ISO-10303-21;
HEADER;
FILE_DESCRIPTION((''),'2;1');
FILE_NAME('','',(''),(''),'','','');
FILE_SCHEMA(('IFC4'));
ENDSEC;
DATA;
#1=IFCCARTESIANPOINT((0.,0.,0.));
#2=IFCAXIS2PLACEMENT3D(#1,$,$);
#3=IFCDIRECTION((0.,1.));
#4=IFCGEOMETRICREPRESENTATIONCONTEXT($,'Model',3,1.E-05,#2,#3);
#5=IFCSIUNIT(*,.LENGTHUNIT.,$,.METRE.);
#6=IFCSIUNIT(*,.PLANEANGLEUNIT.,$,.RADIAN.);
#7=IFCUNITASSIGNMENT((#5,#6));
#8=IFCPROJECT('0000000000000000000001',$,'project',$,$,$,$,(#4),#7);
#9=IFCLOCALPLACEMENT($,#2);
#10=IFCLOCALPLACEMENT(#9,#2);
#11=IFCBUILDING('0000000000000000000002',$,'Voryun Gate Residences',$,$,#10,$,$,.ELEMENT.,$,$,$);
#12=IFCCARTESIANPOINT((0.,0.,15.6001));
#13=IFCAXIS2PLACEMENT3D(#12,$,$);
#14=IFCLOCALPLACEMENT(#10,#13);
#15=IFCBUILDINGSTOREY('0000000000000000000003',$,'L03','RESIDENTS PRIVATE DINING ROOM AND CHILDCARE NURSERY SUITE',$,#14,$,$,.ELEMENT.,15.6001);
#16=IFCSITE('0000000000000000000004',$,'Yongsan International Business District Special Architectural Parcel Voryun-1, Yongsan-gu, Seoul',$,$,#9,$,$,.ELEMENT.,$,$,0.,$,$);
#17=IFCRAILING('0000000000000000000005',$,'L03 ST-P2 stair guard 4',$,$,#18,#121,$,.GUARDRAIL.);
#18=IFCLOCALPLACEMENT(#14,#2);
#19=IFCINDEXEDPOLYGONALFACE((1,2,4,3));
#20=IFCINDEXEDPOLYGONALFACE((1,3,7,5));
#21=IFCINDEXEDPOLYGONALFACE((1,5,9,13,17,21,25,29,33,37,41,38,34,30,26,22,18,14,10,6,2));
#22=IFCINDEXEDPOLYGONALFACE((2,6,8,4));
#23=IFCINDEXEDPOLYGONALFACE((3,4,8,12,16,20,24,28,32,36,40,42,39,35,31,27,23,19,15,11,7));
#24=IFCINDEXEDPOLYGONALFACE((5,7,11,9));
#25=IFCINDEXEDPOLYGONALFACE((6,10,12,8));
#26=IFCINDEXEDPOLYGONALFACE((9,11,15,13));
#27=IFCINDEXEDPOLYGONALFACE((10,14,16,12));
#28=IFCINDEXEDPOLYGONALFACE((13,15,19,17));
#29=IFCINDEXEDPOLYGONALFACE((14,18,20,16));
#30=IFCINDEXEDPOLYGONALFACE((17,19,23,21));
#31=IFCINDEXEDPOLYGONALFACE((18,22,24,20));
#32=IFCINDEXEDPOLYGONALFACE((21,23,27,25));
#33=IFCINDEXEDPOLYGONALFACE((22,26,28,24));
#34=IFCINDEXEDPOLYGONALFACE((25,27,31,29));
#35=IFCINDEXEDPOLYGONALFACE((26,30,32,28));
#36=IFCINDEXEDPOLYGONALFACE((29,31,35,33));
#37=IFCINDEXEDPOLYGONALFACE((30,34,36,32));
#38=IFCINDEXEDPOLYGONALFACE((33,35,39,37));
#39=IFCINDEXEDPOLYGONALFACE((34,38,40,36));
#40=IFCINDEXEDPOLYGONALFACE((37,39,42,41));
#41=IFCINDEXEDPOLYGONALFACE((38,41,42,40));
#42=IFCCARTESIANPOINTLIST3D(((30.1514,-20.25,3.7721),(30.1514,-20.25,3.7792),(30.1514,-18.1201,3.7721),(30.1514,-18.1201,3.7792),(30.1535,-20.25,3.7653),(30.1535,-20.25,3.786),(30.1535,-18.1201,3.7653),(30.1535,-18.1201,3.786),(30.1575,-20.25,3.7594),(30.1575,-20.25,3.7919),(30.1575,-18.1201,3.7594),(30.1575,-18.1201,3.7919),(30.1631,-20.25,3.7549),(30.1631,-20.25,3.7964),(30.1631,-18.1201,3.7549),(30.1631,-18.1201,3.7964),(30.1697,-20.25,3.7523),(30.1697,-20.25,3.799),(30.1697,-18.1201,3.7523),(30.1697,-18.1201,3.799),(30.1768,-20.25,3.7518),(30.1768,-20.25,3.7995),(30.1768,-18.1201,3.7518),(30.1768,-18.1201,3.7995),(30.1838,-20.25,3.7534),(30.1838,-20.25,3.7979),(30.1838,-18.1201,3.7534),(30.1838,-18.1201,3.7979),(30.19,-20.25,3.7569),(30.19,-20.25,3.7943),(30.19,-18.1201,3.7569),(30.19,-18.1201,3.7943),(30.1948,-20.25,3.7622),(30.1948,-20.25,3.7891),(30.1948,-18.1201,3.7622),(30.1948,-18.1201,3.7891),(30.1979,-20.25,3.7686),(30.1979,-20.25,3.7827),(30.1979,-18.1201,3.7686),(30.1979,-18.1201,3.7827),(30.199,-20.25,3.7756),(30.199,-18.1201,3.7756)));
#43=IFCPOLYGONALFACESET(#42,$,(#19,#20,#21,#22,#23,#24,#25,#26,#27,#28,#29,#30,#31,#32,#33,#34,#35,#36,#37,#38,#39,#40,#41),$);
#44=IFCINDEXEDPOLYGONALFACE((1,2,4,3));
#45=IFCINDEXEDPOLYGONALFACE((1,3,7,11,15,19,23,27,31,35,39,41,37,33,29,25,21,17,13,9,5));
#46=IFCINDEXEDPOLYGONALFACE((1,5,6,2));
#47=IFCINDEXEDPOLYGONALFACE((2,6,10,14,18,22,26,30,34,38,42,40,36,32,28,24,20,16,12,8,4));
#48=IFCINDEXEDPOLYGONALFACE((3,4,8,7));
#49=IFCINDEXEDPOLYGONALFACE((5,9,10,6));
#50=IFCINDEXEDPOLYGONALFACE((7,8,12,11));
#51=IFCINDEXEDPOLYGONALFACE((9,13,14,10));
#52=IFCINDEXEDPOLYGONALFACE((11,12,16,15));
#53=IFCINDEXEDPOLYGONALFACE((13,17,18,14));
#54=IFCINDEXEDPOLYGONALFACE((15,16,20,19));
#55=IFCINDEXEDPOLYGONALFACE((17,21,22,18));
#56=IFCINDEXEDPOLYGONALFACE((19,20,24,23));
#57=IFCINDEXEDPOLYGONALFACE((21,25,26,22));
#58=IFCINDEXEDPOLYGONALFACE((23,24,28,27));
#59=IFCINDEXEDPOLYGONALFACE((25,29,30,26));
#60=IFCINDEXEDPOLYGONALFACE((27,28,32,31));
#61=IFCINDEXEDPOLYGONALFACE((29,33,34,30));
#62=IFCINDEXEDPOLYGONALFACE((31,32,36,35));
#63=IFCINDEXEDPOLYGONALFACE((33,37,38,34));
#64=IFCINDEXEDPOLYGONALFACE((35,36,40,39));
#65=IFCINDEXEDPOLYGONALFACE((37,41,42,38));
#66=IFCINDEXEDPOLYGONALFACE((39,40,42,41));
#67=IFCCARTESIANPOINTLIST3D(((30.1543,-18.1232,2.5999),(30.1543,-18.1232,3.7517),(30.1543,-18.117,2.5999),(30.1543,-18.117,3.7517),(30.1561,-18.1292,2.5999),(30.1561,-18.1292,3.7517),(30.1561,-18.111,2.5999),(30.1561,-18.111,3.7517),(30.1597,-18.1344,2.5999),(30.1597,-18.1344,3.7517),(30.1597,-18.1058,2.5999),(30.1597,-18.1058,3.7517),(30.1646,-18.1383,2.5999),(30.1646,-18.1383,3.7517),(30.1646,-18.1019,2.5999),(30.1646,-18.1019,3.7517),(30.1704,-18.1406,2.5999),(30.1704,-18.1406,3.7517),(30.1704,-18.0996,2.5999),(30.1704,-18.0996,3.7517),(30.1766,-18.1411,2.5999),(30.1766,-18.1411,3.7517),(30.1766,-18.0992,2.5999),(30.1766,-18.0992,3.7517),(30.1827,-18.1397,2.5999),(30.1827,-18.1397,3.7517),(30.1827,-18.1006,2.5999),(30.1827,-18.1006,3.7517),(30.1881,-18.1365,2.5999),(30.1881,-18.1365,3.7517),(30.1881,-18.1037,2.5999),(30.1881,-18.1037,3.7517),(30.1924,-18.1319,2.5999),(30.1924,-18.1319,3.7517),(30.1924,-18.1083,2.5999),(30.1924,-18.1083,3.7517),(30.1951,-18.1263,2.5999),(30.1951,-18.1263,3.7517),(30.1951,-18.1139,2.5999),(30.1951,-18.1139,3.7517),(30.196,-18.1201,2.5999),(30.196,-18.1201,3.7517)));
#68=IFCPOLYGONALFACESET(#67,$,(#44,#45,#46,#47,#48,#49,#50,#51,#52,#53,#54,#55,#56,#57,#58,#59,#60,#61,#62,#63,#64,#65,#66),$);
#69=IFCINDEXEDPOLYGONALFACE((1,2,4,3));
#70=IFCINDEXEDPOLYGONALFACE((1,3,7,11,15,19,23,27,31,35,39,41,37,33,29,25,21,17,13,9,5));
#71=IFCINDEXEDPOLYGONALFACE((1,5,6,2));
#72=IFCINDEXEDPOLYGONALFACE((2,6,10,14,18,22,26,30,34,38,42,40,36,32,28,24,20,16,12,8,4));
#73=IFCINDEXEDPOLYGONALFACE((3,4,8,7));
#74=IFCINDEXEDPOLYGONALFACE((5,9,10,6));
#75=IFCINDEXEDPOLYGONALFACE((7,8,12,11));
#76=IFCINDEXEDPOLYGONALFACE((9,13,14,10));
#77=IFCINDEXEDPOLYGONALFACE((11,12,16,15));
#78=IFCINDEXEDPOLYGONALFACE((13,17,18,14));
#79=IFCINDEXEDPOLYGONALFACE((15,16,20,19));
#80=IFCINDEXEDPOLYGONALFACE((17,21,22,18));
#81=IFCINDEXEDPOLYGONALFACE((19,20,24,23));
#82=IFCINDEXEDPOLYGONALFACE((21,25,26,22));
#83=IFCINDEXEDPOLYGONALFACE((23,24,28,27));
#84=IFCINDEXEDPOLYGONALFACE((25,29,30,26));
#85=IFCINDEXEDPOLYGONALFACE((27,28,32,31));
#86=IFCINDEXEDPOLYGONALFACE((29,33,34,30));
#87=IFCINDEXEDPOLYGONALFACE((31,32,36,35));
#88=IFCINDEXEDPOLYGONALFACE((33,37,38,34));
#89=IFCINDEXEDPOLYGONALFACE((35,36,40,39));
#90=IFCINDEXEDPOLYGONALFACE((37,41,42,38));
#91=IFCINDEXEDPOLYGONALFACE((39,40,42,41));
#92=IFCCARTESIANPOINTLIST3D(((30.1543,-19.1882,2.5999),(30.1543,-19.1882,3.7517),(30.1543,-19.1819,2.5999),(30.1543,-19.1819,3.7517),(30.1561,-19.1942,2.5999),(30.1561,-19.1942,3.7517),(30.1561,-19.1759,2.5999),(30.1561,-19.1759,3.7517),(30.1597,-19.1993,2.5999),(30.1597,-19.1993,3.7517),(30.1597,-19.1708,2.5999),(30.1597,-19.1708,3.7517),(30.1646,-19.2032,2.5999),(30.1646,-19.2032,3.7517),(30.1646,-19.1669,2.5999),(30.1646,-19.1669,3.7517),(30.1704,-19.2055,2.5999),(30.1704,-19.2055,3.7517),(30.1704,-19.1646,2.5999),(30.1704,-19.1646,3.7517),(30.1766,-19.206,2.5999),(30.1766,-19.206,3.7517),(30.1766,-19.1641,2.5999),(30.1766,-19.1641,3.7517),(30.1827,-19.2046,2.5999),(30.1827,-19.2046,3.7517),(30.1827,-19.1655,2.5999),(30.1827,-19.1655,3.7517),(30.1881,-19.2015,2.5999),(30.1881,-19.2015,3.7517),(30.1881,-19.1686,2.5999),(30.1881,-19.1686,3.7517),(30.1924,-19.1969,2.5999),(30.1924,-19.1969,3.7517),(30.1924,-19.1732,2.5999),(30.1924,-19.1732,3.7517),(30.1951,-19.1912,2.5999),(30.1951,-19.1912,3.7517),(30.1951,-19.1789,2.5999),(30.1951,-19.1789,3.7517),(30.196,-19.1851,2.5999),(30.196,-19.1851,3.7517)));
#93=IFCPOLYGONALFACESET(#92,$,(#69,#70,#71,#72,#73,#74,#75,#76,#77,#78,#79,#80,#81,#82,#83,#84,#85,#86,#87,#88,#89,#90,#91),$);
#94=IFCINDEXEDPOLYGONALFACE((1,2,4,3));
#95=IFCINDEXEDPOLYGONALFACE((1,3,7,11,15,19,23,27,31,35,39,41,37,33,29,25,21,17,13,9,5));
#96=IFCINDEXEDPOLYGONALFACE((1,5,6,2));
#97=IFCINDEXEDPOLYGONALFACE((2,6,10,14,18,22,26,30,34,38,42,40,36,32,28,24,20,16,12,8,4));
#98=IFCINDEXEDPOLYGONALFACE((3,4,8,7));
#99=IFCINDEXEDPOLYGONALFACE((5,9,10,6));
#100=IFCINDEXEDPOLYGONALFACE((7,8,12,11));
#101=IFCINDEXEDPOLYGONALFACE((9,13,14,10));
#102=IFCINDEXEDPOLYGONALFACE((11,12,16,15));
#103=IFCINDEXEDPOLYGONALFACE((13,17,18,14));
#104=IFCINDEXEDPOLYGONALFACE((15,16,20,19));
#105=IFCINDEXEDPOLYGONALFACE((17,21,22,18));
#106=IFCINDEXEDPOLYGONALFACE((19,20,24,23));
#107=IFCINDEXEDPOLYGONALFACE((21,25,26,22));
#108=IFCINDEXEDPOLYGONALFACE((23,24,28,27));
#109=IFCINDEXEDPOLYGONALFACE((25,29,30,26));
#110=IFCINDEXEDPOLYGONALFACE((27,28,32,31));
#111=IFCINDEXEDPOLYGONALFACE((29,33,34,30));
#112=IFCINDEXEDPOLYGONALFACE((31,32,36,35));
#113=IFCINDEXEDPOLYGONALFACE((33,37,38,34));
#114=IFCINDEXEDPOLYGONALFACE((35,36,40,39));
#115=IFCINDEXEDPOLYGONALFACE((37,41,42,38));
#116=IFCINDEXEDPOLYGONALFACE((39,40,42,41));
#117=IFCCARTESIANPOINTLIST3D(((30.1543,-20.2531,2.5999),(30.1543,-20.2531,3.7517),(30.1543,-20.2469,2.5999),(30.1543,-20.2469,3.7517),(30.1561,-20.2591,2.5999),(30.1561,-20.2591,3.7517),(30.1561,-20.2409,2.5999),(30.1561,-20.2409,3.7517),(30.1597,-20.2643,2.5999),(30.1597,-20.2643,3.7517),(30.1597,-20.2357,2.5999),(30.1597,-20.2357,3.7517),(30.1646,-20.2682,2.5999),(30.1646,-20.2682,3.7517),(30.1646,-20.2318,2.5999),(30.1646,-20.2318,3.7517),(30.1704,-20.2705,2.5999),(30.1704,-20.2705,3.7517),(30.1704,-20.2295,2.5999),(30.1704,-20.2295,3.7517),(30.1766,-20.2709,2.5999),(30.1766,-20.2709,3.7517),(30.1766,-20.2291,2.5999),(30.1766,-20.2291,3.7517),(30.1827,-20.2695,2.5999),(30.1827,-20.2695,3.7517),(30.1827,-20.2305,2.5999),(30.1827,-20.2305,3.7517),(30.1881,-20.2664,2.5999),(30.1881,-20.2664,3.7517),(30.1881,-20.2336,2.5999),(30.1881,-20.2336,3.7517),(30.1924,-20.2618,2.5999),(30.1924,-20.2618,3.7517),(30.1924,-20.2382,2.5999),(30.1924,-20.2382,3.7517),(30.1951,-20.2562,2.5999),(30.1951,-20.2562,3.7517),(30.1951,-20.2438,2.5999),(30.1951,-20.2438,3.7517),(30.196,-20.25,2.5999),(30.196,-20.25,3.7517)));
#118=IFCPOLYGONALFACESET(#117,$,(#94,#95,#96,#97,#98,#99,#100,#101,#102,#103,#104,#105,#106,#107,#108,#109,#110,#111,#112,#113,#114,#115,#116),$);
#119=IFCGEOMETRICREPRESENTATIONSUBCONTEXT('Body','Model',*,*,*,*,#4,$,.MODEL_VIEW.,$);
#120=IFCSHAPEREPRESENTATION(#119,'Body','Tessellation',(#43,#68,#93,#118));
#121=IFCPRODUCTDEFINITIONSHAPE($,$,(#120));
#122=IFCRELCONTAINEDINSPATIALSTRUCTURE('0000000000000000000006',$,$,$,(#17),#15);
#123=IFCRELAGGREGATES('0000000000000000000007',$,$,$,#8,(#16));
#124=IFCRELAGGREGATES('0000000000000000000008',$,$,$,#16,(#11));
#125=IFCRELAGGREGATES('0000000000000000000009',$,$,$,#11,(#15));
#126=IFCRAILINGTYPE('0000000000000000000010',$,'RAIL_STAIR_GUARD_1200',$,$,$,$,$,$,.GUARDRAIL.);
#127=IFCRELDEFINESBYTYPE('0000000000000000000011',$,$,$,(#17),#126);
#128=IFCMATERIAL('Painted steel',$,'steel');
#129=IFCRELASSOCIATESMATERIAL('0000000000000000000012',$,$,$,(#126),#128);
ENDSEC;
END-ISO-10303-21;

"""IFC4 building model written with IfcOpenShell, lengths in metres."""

from ifc_helpers import new_model, si_unit, direction, frame, origin, origin_2d, place, context, subcontext, project, spatial, circle, extrude, material, type_object, element, save


model = new_model("IFC4")

# Units and contexts
model_context = context("Model", 3, precision=1e-05, world=origin(), true_north=direction((0.0, 1.0)))
body_context = subcontext(model_context, "Body", "Model", "MODEL_VIEW")
ifc_project = project(units=[si_unit("LENGTHUNIT", "METRE"), si_unit("PLANEANGLEUNIT", "RADIAN")], contexts=[model_context])

# Site, building, storey
site_placement = place(None, origin())
site = spatial("IfcSite", under=ifc_project, at=site_placement, Name="Yongsan International Business District Special Architectural Parcel Voryun-1, Yongsan-gu, Seoul", CompositionType="ELEMENT", RefElevation=0.0)
building_placement = place(site_placement, origin())
building = spatial("IfcBuilding", under=site, at=building_placement, Name="Voryun Gate Residences", CompositionType="ELEMENT")
storey_placement = place(building_placement, frame((0.0, 0.0, 15.6001)))
storey = spatial("IfcBuildingStorey", under=building, at=storey_placement, Name="L03", Description="RESIDENTS PRIVATE DINING ROOM AND CHILDCARE NURSERY SUITE", CompositionType="ELEMENT", Elevation=15.6001)

# Railing
ifc_material_1 = material(Name="Painted steel", Category="steel")
railing_type_1 = type_object("IfcRailingType", Name="RAIL_STAIR_GUARD_1200", PredefinedType="GUARDRAIL", material=ifc_material_1)
for number, where, name in (
    (1, (30.175, -18.1201, 2.5999), "L03 ST-P2 stair guard 4"),
):
    element("IfcRailing", number, at=place(storey_placement, frame(where)), inside=storey, type_object=railing_type_1, Name=name, PredefinedType="GUARDRAIL", context=body_context, shape_type="SweptSolid", body=[
        extrude(circle(Radius=0.0239, at=origin_2d()), frame((0.0, 0.0, 1.1758), z_axis=(0.0, -1.0, 0.0), x_axis=(1.0, 0.0, 0.0)), (0.0, 0.0, 1.0), 2.1299),
        extrude(circle(Radius=0.021, at=origin_2d()), origin(), (0.0, 0.0, 1.0), 1.1519),
        extrude(circle(Radius=0.021, at=origin_2d()), frame((0.0, -1.0649, 0.0)), (0.0, 0.0, 1.0), 1.1519),
        extrude(circle(Radius=0.021, at=origin_2d()), frame((0.0, -2.1299, 0.0)), (0.0, 0.0, 1.0), 1.1519),
    ])

save(model, "model.ifc")
